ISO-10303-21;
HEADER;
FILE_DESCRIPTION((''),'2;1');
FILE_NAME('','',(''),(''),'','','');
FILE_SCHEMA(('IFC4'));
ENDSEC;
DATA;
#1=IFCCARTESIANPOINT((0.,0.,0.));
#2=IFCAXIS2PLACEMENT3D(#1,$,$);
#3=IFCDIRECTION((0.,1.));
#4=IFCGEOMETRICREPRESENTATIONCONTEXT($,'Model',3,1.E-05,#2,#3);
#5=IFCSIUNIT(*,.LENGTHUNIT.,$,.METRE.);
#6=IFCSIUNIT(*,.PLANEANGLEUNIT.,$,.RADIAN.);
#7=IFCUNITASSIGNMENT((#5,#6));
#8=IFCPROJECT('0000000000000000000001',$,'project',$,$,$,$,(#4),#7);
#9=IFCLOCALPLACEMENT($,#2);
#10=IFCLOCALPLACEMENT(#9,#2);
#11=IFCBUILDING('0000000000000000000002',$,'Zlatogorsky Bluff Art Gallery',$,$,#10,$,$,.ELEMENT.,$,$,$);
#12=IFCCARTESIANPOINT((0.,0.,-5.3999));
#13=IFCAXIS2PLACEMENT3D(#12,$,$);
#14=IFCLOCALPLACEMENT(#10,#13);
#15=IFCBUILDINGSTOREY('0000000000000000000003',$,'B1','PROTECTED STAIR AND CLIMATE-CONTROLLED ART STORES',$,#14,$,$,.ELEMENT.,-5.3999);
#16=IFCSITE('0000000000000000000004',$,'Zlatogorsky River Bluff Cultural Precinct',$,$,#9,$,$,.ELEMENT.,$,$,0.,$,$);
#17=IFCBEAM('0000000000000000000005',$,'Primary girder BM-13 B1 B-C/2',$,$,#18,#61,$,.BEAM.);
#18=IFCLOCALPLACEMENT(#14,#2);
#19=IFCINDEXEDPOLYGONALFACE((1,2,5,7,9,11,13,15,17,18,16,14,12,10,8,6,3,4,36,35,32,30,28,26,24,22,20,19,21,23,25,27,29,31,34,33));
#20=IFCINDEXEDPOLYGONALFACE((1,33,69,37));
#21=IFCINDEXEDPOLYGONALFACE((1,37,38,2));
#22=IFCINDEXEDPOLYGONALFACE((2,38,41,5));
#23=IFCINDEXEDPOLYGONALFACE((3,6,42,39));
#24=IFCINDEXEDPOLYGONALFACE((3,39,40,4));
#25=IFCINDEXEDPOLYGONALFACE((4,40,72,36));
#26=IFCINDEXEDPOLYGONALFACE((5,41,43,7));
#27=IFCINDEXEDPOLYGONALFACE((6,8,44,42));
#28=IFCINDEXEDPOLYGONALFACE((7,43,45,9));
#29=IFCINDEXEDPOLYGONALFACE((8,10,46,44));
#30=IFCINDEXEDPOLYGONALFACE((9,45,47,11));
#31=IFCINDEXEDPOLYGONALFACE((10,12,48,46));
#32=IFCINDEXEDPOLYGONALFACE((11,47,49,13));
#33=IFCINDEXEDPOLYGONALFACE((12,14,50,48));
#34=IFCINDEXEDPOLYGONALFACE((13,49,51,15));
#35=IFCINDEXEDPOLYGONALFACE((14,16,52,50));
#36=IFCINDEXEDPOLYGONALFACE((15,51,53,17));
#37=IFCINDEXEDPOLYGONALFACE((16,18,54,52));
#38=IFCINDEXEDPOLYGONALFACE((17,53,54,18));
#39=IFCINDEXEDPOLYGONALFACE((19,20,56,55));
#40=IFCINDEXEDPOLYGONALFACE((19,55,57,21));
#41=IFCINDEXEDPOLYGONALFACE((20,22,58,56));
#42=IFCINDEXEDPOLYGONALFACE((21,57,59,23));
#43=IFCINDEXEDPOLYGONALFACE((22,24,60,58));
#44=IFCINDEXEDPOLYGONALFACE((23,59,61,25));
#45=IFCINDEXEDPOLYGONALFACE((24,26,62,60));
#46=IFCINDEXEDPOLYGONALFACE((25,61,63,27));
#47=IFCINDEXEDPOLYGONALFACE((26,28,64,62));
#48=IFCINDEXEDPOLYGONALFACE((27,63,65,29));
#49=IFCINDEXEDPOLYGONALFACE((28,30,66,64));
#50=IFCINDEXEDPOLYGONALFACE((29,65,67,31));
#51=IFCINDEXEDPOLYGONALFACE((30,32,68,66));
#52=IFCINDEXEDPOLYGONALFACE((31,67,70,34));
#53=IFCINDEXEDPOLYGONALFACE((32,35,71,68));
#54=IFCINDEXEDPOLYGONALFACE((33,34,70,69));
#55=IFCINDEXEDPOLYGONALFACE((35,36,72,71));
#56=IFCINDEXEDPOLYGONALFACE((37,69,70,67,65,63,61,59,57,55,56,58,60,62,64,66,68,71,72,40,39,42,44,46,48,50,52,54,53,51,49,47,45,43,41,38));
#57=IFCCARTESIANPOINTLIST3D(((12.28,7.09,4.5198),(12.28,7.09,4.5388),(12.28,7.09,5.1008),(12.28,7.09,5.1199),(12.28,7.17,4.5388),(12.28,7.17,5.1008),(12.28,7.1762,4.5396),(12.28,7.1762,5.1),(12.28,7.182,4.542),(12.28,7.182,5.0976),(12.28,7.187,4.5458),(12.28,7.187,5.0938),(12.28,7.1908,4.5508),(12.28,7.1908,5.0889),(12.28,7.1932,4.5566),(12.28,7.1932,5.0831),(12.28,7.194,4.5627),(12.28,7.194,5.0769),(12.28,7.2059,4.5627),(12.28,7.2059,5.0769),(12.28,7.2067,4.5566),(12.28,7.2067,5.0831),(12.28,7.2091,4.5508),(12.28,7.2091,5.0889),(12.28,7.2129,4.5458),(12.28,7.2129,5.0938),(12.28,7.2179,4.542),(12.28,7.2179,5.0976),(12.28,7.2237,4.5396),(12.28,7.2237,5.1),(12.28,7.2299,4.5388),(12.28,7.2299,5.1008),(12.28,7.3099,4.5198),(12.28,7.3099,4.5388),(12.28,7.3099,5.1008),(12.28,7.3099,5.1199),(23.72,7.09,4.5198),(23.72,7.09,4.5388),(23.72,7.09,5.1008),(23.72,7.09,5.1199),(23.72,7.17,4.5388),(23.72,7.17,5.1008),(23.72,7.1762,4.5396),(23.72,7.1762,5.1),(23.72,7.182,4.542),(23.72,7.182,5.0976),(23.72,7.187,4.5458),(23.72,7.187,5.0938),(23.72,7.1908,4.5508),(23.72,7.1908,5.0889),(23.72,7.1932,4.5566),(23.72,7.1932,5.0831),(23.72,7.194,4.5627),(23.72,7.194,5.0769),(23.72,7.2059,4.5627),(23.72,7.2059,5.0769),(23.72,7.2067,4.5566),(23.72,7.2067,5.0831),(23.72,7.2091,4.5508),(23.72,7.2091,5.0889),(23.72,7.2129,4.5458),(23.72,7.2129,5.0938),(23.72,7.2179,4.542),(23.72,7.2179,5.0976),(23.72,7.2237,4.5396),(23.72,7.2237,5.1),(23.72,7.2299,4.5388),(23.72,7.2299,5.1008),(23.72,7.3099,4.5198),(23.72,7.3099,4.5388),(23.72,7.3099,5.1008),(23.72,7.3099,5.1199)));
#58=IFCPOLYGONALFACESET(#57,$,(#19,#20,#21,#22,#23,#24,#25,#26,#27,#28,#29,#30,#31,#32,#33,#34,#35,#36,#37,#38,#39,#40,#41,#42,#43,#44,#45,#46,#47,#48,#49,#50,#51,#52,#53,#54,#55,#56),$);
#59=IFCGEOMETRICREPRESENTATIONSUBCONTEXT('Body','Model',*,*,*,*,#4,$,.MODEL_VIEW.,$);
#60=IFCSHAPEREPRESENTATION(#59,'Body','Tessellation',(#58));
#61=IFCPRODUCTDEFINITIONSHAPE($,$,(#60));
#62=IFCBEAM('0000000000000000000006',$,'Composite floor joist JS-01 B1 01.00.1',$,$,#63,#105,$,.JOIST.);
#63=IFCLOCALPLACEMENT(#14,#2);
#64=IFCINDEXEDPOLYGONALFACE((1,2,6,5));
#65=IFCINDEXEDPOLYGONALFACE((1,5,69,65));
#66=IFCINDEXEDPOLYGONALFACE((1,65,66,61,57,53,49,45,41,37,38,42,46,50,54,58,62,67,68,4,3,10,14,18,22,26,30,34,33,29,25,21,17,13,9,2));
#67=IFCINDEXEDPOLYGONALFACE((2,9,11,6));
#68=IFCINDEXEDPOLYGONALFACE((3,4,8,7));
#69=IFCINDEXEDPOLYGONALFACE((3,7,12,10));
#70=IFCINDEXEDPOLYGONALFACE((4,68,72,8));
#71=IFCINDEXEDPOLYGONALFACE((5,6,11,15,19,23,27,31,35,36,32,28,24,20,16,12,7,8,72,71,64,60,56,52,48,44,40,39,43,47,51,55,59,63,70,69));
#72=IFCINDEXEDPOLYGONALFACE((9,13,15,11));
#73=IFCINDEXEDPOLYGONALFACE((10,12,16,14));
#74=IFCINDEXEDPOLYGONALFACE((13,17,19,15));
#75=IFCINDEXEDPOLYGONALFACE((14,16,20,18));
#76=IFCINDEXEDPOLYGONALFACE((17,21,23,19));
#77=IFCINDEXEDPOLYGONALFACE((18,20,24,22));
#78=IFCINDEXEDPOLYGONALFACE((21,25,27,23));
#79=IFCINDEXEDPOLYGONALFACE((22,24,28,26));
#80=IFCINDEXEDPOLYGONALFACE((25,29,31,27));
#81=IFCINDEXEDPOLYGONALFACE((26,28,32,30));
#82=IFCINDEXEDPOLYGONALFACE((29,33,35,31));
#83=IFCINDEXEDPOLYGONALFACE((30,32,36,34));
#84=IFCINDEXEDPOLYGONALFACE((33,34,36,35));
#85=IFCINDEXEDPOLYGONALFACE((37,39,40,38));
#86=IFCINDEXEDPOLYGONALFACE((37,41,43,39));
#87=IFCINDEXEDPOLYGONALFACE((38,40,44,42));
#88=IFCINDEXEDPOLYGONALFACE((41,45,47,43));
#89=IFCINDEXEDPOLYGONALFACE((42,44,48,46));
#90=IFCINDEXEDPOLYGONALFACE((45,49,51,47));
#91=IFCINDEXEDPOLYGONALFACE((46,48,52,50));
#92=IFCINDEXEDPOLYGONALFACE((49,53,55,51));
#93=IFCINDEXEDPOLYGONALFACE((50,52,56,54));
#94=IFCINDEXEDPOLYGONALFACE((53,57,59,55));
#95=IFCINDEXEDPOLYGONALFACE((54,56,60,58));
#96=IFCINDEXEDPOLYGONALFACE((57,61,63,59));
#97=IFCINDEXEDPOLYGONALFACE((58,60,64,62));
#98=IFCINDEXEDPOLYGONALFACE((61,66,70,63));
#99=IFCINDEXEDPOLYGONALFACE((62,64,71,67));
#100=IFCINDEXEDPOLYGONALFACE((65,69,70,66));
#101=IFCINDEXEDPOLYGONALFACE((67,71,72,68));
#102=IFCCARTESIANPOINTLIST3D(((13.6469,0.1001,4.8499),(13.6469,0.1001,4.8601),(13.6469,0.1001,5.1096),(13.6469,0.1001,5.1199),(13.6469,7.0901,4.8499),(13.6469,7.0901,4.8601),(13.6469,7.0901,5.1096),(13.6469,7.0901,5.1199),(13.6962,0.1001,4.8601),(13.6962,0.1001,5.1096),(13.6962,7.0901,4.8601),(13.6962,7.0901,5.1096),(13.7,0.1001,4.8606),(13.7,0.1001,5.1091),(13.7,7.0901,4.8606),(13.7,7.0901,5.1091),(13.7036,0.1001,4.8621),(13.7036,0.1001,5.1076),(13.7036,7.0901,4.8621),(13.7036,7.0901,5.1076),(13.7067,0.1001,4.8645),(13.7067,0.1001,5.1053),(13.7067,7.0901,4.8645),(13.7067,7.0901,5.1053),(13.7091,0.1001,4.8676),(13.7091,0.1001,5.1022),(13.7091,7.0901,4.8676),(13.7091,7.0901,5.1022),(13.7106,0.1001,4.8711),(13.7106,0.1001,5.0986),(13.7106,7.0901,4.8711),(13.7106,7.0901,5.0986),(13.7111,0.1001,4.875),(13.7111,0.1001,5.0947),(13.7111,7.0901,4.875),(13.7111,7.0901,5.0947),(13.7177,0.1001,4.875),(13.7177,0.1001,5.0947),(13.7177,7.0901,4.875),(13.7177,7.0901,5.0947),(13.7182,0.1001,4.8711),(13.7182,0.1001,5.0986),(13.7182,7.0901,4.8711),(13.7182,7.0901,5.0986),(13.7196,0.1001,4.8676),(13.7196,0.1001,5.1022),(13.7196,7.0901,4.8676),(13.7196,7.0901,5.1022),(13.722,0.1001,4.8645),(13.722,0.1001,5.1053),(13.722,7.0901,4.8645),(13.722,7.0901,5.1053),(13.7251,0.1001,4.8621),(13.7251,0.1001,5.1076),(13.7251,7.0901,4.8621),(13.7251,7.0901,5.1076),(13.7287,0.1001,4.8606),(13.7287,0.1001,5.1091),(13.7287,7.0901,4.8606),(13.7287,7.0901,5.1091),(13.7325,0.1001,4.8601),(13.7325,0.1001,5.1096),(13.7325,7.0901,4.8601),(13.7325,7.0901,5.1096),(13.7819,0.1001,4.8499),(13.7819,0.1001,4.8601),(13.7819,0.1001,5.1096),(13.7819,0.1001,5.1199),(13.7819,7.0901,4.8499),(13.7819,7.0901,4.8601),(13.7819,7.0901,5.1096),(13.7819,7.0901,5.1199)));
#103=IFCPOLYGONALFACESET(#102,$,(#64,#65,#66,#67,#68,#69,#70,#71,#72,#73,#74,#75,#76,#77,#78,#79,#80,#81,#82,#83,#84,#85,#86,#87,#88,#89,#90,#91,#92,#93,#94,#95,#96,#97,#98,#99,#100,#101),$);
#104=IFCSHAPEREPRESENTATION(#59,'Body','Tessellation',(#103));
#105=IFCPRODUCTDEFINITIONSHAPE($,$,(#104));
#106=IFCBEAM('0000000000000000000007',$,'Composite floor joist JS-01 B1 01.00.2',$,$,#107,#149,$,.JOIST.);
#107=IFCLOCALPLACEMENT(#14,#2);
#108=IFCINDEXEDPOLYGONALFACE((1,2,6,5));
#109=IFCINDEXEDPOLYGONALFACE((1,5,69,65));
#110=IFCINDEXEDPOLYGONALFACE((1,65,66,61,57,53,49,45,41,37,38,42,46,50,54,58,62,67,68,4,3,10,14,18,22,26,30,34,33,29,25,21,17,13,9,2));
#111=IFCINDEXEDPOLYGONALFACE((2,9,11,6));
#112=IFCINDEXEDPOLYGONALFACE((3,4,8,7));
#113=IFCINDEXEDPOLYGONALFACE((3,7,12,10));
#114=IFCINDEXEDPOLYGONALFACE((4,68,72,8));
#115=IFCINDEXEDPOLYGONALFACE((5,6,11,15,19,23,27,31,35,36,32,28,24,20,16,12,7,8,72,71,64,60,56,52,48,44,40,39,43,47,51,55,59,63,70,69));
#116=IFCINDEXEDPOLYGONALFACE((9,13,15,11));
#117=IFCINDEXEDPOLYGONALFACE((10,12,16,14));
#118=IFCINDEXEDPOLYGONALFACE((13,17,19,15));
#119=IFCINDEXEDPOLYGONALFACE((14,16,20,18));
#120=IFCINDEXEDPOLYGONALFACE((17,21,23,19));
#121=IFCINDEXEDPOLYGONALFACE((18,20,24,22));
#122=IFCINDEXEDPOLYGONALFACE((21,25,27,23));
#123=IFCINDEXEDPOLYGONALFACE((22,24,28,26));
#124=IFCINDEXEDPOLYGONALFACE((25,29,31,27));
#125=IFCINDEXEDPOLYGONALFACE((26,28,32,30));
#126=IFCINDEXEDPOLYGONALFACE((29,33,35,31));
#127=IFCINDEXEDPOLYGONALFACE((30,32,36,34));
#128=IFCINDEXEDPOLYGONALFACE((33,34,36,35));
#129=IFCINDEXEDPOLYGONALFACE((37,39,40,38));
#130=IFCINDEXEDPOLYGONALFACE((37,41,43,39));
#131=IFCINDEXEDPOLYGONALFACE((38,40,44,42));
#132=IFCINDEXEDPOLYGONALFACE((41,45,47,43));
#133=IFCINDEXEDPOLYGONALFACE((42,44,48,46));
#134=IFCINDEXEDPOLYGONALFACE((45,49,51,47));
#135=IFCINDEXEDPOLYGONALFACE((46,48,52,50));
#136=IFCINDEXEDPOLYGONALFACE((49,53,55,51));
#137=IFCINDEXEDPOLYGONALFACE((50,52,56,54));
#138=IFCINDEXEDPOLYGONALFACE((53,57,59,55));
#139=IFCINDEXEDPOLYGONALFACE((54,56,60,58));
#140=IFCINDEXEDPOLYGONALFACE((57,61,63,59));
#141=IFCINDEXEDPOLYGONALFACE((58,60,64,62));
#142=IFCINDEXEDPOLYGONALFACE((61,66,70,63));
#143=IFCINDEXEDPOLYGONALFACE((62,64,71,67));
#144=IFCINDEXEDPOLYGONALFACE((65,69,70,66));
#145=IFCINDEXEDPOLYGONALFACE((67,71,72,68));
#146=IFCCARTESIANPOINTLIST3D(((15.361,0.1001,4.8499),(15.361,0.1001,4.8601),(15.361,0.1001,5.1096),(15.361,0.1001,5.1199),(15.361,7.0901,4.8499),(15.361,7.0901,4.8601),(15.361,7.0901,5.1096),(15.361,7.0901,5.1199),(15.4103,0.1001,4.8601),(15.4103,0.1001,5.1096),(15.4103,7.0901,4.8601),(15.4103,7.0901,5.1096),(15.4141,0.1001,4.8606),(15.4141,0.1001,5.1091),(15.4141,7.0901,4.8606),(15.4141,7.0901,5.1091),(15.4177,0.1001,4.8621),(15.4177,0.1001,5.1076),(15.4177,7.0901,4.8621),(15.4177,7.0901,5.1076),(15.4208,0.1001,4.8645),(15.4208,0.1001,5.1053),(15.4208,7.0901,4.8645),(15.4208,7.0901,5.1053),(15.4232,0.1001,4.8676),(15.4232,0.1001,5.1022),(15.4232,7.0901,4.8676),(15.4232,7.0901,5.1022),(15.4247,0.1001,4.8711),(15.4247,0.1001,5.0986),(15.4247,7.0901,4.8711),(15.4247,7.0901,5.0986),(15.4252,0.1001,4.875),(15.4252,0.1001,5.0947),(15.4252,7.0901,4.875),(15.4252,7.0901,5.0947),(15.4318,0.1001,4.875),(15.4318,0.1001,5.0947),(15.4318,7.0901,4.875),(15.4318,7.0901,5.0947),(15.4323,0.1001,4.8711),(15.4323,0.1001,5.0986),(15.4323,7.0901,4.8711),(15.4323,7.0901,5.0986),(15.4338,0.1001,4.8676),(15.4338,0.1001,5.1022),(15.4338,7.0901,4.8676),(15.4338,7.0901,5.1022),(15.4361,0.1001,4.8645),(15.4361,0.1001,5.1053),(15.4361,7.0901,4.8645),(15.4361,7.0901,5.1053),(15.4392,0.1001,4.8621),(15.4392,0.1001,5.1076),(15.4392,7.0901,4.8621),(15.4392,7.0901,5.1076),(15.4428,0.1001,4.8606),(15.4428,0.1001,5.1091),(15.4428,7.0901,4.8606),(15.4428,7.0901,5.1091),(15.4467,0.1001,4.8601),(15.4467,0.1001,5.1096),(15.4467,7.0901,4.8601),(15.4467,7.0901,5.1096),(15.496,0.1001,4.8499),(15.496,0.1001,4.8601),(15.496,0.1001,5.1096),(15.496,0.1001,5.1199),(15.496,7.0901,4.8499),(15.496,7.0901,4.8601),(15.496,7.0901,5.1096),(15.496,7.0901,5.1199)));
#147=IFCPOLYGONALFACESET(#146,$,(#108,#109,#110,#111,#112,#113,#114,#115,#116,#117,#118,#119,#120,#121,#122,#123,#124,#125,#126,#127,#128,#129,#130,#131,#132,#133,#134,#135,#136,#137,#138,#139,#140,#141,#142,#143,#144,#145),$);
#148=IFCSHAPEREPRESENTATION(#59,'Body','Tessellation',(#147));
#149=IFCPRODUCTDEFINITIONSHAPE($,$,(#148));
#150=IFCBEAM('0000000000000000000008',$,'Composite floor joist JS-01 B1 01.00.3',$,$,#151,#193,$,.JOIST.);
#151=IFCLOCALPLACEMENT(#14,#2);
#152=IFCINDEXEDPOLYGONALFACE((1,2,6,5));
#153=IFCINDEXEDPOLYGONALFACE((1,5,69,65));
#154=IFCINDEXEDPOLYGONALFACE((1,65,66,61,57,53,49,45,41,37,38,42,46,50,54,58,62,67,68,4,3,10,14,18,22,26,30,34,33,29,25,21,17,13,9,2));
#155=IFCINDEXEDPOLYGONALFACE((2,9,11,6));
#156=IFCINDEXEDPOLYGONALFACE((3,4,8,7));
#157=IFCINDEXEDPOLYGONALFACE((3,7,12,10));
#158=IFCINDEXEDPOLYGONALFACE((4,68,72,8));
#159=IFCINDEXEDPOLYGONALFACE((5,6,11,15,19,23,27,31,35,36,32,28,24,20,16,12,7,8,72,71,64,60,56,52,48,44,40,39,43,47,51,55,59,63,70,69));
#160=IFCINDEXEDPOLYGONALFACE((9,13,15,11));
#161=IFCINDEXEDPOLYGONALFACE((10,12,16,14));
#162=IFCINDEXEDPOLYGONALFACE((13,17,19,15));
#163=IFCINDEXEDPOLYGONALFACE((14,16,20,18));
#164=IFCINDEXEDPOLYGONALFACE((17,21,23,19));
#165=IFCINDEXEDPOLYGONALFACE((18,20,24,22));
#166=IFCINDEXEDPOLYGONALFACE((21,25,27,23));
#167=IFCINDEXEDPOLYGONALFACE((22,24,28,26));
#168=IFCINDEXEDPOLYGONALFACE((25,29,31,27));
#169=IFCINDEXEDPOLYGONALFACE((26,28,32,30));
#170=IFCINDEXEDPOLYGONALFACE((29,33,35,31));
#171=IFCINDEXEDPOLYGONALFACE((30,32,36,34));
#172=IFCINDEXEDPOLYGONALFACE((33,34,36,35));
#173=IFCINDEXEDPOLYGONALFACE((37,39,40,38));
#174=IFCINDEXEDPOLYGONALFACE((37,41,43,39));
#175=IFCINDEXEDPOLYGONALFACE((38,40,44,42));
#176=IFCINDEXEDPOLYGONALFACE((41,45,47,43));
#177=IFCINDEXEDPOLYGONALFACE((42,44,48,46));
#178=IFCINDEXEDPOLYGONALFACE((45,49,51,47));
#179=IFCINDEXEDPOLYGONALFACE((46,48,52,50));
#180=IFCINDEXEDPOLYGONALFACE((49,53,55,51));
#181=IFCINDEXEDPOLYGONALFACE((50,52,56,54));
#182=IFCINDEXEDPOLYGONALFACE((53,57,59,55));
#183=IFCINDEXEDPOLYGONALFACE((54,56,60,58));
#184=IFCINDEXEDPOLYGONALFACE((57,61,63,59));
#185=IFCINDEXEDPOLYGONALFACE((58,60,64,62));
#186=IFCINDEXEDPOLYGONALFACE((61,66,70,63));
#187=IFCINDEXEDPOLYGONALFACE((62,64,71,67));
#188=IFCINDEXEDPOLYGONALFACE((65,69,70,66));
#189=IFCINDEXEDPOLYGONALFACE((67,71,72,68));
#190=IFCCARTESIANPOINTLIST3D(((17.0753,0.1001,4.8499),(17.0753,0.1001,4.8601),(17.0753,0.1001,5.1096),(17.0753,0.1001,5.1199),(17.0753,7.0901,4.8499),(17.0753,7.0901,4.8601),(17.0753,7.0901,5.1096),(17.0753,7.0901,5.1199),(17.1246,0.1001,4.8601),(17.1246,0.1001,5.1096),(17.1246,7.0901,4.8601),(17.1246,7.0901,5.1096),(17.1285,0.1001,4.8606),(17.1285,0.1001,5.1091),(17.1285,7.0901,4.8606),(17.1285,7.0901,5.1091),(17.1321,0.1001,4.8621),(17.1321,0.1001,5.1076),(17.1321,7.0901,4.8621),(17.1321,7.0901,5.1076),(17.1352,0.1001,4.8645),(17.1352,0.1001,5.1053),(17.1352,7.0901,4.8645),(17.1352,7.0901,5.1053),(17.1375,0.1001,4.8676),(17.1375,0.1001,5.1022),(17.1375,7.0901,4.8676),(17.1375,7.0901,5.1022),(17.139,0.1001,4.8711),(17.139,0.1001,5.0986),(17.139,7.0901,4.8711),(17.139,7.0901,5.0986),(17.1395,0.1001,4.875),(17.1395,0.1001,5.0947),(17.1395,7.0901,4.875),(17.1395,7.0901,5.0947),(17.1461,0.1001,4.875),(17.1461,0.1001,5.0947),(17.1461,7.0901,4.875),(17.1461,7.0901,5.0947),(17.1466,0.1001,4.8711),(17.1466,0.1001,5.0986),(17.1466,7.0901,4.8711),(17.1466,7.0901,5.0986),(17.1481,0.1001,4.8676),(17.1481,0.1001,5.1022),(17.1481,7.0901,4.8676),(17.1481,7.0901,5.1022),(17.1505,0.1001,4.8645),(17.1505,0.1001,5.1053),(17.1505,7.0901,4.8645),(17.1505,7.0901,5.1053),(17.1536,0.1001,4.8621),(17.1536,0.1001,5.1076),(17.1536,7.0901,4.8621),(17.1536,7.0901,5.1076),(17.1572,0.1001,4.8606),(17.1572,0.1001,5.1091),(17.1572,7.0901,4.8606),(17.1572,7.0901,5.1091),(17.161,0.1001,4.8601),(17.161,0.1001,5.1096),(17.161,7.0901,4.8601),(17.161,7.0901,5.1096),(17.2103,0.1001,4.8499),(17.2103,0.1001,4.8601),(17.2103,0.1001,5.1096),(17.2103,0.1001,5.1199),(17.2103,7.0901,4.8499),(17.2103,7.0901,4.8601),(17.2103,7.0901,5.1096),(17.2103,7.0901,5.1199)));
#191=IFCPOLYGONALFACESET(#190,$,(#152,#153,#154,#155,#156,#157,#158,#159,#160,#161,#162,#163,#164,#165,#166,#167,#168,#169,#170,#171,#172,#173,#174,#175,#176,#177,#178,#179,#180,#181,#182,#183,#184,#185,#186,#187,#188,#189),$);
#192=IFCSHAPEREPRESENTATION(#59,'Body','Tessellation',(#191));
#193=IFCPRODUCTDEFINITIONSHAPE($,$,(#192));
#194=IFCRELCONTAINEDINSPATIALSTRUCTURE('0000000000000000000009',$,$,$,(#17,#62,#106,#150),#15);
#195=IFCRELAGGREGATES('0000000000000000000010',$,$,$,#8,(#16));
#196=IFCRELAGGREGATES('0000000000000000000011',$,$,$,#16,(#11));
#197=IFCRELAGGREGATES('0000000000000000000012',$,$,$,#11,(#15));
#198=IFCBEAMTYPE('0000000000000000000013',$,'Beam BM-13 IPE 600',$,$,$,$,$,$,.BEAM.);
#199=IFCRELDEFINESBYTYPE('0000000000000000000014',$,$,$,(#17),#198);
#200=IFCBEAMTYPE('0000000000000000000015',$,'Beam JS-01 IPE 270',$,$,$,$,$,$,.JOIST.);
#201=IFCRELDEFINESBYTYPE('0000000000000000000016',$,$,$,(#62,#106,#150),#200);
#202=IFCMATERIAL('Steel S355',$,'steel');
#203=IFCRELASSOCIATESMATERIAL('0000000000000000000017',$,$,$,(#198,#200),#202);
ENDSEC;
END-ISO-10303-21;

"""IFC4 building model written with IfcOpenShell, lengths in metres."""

from ifc_helpers import new_model, si_unit, direction, frame, origin, origin_2d, place, context, subcontext, project, spatial, i_section, extrude, material, material_profile, profile_set, type_object, element, save


model = new_model("IFC4")

# Units and contexts
model_context = context("Model", 3, precision=1e-05, world=origin(), true_north=direction((0.0, 1.0)))
body_context = subcontext(model_context, "Body", "Model", "MODEL_VIEW")
ifc_project = project(units=[si_unit("LENGTHUNIT", "METRE"), si_unit("PLANEANGLEUNIT", "RADIAN")], contexts=[model_context])

# Site, building, storey
site_placement = place(None, origin())
site = spatial("IfcSite", under=ifc_project, at=site_placement, Name="Zlatogorsky River Bluff Cultural Precinct", CompositionType="ELEMENT", RefElevation=0.0)
building_placement = place(site_placement, origin())
building = spatial("IfcBuilding", under=site, at=building_placement, Name="Zlatogorsky Bluff Art Gallery", CompositionType="ELEMENT")
storey_placement = place(building_placement, frame((0.0, 0.0, -5.3999)))
storey = spatial("IfcBuildingStorey", under=building, at=storey_placement, Name="B1", Description="PROTECTED STAIR AND CLIMATE-CONTROLLED ART STORES", CompositionType="ELEMENT", Elevation=-5.3999)

# Beams
ifc_material_1 = material(Name="Steel S355", Category="steel")
ifc_material_profile_1 = material_profile(ifc_material_1, i_section(OverallWidth=0.22, OverallDepth=0.6001, WebThickness=0.012, FlangeThickness=0.019, FilletRadius=0.0239, at=origin_2d()), Name="IPE 600")
ifc_profile_set_1 = profile_set([ifc_material_profile_1], Name="Steel S355")
beam_type_1 = type_object("IfcBeamType", Name="Beam BM-13 IPE 600", PredefinedType="BEAM", material=ifc_profile_set_1)
beam_1_placement = place(storey_placement, frame((12.28, 7.2, 4.8198), z_axis=(1.0, 0.0, 0.0), x_axis=(0.0, 1.0, 0.0)))
element("IfcBeam", 1, at=beam_1_placement, inside=storey, type_object=beam_type_1, Name="Primary girder BM-13 B1 B-C/2", PredefinedType="BEAM", context=body_context, shape_type="SweptSolid", body=[
    extrude(i_section(OverallWidth=0.22, OverallDepth=0.6001, WebThickness=0.012, FlangeThickness=0.019, FilletRadius=0.0239, at=origin_2d()), origin(), (0.0, 0.0, 1.0), 11.4399),
])
ifc_material_profile_2 = material_profile(ifc_material_1, i_section(OverallWidth=0.135, OverallDepth=0.27, WebThickness=0.0066, FlangeThickness=0.0103, FilletRadius=0.0149, at=origin_2d()), Name="IPE 270")
ifc_profile_set_2 = profile_set([ifc_material_profile_2], Name="Steel S355")
beam_type_2 = type_object("IfcBeamType", Name="Beam JS-01 IPE 270", PredefinedType="JOIST", material=ifc_profile_set_2)
for number, where, z_axis, x_axis, name in (
    (2, (13.7144, 0.1001, 4.9849), (0.0, 1.0, 0.0), (-1.0, 0.0, 0.0), "Composite floor joist JS-01 B1 01.00.1"),
    (3, (15.4285, 0.1001, 4.9849), (0.0, 1.0, 0.0), (-1.0, 0.0, 0.0), "Composite floor joist JS-01 B1 01.00.2"),
    (4, (17.1428, 0.1001, 4.9849), (0.0, 1.0, 0.0), (-1.0, 0.0, 0.0), "Composite floor joist JS-01 B1 01.00.3"),
):
    element("IfcBeam", number, at=place(storey_placement, frame(where, z_axis=z_axis, x_axis=x_axis)), inside=storey, type_object=beam_type_2, Name=name, PredefinedType="JOIST", context=body_context, shape_type="SweptSolid", body=[
        extrude(i_section(OverallWidth=0.135, OverallDepth=0.27, WebThickness=0.0066, FlangeThickness=0.0103, FilletRadius=0.0149, at=origin_2d()), origin(), (0.0, 0.0, 1.0), 6.99),
    ])

save(model, "model.ifc")
